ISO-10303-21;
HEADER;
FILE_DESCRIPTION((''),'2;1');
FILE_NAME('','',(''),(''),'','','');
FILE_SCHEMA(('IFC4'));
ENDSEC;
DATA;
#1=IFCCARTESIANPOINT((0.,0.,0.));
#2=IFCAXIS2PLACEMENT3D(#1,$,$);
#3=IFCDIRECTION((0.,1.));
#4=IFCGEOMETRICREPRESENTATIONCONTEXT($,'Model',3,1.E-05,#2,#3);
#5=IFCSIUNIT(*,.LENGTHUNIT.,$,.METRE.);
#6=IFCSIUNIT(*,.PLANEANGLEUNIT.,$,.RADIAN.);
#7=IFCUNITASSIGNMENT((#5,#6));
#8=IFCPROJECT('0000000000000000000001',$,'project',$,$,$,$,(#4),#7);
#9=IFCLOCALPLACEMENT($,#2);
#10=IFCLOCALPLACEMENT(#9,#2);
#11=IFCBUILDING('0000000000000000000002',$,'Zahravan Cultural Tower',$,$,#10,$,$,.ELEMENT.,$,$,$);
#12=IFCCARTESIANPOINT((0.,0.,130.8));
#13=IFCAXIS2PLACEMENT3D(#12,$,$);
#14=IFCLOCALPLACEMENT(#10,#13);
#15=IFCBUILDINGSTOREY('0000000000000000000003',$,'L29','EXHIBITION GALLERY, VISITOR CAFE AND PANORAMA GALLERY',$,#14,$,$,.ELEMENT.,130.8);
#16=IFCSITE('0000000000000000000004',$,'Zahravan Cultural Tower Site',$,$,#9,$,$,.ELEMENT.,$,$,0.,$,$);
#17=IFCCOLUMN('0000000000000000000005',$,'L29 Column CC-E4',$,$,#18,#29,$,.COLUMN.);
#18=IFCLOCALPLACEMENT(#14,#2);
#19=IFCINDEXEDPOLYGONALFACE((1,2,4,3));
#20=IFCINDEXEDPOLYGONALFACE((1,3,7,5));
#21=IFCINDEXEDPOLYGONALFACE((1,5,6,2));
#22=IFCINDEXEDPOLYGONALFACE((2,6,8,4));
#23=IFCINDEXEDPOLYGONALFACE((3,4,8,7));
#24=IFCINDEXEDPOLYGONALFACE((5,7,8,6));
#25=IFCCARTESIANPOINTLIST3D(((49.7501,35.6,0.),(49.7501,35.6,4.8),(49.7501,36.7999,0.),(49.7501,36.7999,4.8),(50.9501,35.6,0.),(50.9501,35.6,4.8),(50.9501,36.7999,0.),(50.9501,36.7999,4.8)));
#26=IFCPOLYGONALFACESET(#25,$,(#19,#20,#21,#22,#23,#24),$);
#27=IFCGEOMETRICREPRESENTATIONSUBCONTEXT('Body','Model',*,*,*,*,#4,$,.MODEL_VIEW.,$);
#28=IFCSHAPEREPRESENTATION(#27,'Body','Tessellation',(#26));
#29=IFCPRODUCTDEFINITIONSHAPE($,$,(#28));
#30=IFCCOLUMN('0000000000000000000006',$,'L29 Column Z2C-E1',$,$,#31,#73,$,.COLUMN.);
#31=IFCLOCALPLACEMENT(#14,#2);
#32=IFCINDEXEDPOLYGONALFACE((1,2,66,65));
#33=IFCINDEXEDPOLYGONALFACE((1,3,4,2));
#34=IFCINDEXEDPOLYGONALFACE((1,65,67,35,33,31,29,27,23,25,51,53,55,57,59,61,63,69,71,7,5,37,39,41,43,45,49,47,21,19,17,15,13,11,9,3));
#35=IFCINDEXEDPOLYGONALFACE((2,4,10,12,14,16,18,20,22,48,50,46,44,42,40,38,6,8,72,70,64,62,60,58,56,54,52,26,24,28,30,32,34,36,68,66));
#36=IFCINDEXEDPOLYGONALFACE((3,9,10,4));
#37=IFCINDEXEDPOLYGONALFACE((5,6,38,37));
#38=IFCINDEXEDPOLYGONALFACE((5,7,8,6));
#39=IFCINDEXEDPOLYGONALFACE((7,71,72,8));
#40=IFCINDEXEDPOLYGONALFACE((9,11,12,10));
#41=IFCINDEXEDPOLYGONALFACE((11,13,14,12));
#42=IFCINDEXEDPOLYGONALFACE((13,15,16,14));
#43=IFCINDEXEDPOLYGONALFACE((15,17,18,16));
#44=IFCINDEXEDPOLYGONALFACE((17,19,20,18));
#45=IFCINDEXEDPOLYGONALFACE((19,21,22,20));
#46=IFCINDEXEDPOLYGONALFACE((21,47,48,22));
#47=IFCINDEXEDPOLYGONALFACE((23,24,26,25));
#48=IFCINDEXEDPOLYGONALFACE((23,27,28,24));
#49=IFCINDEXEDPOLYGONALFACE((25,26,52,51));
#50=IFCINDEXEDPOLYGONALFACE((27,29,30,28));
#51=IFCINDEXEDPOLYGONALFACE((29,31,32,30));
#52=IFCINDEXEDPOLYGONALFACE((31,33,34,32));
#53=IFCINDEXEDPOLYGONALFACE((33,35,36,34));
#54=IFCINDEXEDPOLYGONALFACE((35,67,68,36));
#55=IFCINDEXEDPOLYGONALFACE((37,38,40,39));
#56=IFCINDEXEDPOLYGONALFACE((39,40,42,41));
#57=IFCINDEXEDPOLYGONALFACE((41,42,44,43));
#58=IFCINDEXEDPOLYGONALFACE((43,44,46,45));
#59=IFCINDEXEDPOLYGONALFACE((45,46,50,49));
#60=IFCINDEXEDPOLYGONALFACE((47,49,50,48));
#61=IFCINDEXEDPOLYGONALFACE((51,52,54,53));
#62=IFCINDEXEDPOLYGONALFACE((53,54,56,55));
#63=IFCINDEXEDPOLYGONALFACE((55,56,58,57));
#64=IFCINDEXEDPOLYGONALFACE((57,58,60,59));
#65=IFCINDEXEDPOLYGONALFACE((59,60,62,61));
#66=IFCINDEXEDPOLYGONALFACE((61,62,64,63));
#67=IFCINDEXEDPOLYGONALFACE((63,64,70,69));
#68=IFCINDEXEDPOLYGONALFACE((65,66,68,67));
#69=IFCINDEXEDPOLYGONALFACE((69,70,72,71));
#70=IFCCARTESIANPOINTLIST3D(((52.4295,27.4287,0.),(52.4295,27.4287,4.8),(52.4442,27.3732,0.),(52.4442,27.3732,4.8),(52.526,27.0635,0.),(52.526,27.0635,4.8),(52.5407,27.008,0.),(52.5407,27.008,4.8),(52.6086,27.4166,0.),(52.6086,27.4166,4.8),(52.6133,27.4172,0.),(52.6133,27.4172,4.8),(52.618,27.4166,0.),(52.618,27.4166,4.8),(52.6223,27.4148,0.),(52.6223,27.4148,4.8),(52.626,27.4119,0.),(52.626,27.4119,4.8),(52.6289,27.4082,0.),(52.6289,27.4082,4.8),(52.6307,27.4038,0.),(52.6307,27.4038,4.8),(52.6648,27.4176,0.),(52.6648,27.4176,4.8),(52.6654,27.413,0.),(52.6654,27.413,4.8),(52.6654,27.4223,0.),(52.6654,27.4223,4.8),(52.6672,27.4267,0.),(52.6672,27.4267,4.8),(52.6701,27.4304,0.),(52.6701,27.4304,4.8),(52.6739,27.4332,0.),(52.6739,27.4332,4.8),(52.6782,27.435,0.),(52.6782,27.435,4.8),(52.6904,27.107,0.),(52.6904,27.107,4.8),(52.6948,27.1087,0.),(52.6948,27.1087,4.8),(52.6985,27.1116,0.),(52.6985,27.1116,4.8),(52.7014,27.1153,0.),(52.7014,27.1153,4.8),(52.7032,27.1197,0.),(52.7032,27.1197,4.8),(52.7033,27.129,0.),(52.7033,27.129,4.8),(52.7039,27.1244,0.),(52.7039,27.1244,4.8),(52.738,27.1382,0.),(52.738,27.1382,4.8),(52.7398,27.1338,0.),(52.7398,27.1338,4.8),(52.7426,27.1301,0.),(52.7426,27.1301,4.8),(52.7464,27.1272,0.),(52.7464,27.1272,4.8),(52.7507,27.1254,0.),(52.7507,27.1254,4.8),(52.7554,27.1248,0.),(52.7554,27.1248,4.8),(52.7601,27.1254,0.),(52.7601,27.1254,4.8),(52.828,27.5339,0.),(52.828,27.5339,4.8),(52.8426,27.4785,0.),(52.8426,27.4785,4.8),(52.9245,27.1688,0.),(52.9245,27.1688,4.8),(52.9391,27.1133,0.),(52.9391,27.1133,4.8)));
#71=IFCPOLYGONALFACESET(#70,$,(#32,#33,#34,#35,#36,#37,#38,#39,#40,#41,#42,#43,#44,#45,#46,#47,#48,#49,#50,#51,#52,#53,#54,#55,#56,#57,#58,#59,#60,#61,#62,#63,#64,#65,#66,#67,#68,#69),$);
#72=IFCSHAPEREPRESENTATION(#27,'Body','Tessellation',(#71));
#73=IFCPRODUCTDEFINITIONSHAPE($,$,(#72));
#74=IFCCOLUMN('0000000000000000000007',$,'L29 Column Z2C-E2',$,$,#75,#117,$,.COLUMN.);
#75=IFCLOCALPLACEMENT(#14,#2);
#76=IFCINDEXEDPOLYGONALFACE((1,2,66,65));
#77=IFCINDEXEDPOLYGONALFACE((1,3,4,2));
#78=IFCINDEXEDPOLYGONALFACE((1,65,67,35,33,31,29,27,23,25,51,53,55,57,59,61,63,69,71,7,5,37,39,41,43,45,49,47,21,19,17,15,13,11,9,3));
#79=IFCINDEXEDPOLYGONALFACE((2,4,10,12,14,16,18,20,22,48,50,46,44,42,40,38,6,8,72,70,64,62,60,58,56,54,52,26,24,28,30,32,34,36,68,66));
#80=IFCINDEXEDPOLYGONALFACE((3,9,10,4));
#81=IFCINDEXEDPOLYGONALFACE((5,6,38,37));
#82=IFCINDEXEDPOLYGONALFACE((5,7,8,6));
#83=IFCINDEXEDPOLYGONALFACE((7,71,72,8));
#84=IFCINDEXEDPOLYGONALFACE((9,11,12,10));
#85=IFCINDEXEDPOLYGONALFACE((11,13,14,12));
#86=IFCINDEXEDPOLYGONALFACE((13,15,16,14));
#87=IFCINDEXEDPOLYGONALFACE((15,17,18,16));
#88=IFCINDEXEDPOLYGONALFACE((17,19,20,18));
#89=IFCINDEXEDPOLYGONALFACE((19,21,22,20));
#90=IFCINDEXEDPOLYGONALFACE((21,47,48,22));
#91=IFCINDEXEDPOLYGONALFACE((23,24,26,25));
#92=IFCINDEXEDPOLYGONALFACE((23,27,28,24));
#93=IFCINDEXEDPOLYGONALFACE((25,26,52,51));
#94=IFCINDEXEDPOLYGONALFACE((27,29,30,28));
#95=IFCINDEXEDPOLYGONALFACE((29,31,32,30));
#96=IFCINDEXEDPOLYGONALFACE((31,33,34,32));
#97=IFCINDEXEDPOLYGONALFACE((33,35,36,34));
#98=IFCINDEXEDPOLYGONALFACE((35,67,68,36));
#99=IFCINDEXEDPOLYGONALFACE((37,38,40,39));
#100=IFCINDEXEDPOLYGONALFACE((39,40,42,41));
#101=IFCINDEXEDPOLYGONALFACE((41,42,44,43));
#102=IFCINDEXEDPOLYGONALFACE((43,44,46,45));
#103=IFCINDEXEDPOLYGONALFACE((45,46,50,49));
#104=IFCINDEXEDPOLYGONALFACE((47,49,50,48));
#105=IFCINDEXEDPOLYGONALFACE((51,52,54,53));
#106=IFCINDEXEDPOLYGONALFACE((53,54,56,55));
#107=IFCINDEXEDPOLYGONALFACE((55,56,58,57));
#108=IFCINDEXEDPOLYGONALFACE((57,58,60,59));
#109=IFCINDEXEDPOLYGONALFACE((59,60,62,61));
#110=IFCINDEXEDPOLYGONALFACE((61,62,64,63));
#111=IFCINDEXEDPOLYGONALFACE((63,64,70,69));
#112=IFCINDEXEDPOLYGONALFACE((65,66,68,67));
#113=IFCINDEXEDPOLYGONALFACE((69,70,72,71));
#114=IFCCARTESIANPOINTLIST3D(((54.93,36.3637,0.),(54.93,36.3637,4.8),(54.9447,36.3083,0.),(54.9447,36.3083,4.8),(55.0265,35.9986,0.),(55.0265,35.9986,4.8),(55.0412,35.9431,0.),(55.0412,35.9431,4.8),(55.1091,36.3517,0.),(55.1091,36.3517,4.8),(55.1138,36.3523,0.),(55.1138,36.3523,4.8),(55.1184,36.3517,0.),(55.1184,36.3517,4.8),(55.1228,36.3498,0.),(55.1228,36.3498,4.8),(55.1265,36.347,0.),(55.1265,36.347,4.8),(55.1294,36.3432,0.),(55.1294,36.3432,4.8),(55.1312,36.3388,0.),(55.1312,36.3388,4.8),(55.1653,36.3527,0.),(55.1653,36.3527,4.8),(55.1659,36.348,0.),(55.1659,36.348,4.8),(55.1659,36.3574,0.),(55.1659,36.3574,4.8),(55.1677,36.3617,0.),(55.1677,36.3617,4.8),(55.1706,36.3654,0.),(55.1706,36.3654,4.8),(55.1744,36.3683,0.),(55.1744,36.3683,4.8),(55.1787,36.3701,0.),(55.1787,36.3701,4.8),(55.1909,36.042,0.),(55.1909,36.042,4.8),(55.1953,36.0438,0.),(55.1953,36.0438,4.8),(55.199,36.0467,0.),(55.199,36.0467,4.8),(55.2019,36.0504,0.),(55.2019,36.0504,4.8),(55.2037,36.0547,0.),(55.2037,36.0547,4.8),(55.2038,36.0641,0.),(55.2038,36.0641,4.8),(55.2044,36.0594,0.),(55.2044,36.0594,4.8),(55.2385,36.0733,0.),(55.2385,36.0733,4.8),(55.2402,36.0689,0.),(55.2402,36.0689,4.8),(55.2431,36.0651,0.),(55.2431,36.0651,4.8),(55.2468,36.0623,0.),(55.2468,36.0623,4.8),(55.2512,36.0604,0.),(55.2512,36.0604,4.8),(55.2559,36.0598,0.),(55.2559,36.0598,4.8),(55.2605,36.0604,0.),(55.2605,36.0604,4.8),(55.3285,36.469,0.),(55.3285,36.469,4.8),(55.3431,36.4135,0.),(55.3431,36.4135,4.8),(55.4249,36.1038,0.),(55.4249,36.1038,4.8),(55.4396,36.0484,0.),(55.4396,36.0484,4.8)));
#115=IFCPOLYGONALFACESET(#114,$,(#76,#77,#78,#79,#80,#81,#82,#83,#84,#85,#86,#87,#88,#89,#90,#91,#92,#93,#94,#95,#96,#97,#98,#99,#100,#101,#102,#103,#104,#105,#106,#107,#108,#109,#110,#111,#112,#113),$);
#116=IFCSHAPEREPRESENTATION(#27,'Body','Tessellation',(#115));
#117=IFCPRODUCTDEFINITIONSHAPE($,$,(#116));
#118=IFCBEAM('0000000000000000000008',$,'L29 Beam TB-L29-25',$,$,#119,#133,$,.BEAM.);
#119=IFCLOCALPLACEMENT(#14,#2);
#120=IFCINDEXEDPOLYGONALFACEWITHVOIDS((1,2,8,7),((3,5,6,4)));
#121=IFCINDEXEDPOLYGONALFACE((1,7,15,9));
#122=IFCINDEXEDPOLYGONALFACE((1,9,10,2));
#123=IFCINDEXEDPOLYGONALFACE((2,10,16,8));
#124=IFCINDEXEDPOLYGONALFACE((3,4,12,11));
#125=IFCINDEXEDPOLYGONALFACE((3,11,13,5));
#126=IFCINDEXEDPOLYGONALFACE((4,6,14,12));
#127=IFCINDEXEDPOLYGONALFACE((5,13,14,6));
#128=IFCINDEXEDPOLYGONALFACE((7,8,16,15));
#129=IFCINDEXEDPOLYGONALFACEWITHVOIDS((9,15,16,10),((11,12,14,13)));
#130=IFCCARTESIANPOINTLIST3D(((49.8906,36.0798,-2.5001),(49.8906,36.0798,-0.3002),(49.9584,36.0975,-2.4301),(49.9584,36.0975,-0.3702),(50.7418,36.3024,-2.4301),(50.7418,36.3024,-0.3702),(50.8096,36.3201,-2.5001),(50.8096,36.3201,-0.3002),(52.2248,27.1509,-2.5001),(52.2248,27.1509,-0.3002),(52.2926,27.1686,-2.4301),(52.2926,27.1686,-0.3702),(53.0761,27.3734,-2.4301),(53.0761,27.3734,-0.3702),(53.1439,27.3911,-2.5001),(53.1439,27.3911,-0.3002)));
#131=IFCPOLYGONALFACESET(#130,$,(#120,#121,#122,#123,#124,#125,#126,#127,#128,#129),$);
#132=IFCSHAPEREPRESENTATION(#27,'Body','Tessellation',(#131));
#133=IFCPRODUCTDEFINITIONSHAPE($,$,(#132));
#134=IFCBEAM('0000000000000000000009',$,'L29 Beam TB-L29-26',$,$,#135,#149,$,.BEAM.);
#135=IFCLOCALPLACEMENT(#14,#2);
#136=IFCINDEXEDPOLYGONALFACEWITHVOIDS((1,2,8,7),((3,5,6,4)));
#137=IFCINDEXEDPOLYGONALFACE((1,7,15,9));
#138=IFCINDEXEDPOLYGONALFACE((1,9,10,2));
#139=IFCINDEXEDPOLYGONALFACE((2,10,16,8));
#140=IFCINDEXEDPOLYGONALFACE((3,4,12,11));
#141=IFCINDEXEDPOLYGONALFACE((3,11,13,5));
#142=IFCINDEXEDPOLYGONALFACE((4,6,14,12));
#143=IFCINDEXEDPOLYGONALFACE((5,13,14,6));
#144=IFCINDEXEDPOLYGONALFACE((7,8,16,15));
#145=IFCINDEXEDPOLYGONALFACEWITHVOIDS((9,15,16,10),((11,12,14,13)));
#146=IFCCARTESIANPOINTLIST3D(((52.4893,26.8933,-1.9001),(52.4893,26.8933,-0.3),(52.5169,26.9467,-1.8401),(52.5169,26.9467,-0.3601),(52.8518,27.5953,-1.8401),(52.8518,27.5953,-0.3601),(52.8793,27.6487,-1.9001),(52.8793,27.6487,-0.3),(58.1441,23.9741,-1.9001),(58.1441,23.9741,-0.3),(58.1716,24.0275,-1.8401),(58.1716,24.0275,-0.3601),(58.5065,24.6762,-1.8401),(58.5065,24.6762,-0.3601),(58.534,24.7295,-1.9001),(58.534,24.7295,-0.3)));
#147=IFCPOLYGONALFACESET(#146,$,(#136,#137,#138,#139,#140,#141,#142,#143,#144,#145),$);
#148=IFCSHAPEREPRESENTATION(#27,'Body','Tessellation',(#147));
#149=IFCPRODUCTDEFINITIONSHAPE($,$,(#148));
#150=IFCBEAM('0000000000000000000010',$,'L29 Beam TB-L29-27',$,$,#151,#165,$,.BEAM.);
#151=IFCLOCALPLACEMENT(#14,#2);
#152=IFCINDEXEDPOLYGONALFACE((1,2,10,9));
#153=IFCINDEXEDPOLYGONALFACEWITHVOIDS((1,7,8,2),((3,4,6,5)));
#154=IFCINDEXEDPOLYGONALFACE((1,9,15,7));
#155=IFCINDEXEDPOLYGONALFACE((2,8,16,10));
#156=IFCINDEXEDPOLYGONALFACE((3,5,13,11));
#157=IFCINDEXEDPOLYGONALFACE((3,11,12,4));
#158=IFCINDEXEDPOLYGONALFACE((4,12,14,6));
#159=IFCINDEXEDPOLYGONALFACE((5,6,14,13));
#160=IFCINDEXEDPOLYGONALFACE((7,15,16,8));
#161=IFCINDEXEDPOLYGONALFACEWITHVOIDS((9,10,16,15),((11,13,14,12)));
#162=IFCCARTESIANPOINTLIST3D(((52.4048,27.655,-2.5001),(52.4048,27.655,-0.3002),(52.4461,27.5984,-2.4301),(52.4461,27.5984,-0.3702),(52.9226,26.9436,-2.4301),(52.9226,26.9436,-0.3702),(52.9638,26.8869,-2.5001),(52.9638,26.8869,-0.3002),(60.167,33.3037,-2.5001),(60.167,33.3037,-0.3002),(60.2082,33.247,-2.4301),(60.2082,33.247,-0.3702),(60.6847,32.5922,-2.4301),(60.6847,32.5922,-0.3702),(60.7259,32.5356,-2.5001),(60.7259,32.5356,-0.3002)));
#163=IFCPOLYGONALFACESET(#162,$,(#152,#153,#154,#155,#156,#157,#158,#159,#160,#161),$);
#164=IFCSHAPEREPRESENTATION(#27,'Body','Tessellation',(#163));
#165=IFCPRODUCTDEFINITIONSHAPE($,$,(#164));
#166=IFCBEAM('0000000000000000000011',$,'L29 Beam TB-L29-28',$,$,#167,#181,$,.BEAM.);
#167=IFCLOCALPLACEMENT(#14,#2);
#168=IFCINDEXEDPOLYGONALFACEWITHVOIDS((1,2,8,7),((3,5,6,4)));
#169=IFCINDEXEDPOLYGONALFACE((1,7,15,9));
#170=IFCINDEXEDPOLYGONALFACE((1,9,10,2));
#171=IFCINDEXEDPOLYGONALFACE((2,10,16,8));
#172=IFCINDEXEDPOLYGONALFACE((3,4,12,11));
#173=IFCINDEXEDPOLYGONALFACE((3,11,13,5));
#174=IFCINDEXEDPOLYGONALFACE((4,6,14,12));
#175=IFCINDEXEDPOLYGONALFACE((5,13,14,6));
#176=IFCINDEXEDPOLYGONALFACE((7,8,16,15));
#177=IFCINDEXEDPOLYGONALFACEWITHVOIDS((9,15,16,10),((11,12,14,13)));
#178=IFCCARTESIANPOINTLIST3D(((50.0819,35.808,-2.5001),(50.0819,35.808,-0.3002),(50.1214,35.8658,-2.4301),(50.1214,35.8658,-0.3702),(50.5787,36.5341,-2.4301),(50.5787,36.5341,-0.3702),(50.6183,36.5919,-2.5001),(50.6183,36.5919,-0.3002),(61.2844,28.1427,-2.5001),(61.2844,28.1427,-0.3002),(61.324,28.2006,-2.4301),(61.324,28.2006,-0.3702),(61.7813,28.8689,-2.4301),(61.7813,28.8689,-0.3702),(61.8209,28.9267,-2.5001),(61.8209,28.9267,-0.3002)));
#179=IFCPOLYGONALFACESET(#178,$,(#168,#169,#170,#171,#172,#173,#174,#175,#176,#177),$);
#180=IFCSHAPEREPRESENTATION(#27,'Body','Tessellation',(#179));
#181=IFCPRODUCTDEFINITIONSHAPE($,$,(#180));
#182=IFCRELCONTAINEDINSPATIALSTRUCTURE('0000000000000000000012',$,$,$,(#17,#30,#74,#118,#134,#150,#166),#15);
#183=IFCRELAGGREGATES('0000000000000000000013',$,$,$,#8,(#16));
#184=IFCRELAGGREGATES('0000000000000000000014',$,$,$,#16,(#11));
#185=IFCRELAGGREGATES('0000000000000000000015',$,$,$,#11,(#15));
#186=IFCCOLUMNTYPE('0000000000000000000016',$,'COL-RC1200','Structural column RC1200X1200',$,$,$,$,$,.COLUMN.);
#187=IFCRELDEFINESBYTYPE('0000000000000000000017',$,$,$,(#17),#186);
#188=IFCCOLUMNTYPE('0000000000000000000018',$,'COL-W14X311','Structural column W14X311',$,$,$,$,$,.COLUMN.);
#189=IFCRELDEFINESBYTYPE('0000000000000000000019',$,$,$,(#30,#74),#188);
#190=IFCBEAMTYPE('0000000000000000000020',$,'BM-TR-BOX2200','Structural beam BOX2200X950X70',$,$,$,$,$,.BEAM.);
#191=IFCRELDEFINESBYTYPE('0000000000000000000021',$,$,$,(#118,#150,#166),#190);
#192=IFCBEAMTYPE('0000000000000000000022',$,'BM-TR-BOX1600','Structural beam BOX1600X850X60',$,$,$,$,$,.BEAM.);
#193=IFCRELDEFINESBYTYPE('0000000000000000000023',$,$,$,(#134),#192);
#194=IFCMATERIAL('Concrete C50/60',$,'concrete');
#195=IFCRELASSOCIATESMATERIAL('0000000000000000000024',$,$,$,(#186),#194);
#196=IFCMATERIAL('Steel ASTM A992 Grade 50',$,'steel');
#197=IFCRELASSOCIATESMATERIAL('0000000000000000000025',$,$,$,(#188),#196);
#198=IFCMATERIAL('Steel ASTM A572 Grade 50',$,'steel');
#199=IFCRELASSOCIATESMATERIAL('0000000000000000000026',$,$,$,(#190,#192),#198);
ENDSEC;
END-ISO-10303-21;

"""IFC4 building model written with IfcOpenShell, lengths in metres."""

from ifc_helpers import new_model, si_unit, direction, frame, origin, origin_2d, place, context, subcontext, project, spatial, rectangle, hollow_rectangle, i_section, extrude, source, transform, mapped, material, material_profile, profile_set, type_object, element, save


model = new_model("IFC4")

# Units and contexts
model_context = context("Model", 3, precision=1e-05, world=origin(), true_north=direction((0.0, 1.0)))
body_context = subcontext(model_context, "Body", "Model", "MODEL_VIEW")
ifc_project = project(units=[si_unit("LENGTHUNIT", "METRE"), si_unit("PLANEANGLEUNIT", "RADIAN")], contexts=[model_context])

# Site, building, storey
site_placement = place(None, origin())
site = spatial("IfcSite", under=ifc_project, at=site_placement, Name="Zahravan Cultural Tower Site", CompositionType="ELEMENT", RefElevation=0.0)
building_placement = place(site_placement, origin())
building = spatial("IfcBuilding", under=site, at=building_placement, Name="Zahravan Cultural Tower", CompositionType="ELEMENT")
storey_placement = place(building_placement, frame((0.0, 0.0, 130.8)))
storey = spatial("IfcBuildingStorey", under=building, at=storey_placement, Name="L29", Description="EXHIBITION GALLERY, VISITOR CAFE AND PANORAMA GALLERY", CompositionType="ELEMENT", Elevation=130.8)

# Columns
ifc_material_1 = material(Name="Concrete C50/60", Category="concrete")
ifc_material_profile_1 = material_profile(ifc_material_1, rectangle(XDim=1.2, YDim=1.2, at=origin_2d()), Name="RC1200X1200")
ifc_profile_set_1 = profile_set([ifc_material_profile_1], Name="Concrete C50/60")
column_type_1 = type_object("IfcColumnType", Name="COL-RC1200", Description="Structural column RC1200X1200", PredefinedType="COLUMN", material=ifc_profile_set_1)
shared_shape_1 = source(origin(), body_context, "Body", "SweptSolid", [
    extrude(rectangle(XDim=1.2, YDim=1.2, at=origin_2d()), origin(), (0.0, 0.0, 1.0), 4.8),
])
column_placement = place(storey_placement, frame((50.3501, 36.2, 0.0), z_axis=(0.0, 0.0, 1.0), x_axis=(1.0, 0.0, 0.0)))
element("IfcColumn", 1, at=column_placement, inside=storey, type_object=column_type_1, Name="L29 Column CC-E4", PredefinedType="COLUMN", context=body_context, shape_type="MappedRepresentation", body=[
    mapped(shared_shape_1, transform((0.0, 0.0, 0.0), x_axis=(1.0, 0.0, 0.0), y_axis=(0.0, 1.0, 0.0), z_axis=(0.0, 0.0, 1.0), scale=1.0)),
])
ifc_material_2 = material(Name="Steel ASTM A992 Grade 50", Category="steel")
ifc_material_profile_2 = material_profile(ifc_material_2, i_section(OverallWidth=0.4121, OverallDepth=0.4351, WebThickness=0.0359, FlangeThickness=0.0574, FilletRadius=0.0181, at=origin_2d()), Name="W14X311")
ifc_profile_set_2 = profile_set([ifc_material_profile_2], Name="Steel ASTM A992 Grade 50")
column_type_2 = type_object("IfcColumnType", Name="COL-W14X311", Description="Structural column W14X311", PredefinedType="COLUMN", material=ifc_profile_set_2)
shared_shape_2 = source(origin(), body_context, "Body", "SweptSolid", [
    extrude(i_section(OverallWidth=0.4121, OverallDepth=0.4351, WebThickness=0.0359, FlangeThickness=0.0574, FilletRadius=0.0181, at=origin_2d()), origin(), (0.0, 0.0, 1.0), 4.8),
])
for number, where, z_axis, x_axis, name in (
    (2, (52.6843, 27.271, 0.0), (0.0, 0.0, 1.0), (0.966823, 0.255446, 0.0), "L29 Column Z2C-E1"),
    (3, (55.1848, 36.2061, 0.0), (0.0, 0.0, 1.0), (0.966823, 0.255446, 0.0), "L29 Column Z2C-E2"),
):
    element("IfcColumn", number, at=place(storey_placement, frame(where, z_axis=z_axis, x_axis=x_axis)), inside=storey, type_object=column_type_2, Name=name, PredefinedType="COLUMN", context=body_context, shape_type="MappedRepresentation", body=[
        mapped(shared_shape_2, transform((0.0, 0.0, 0.0), x_axis=(1.0, 0.0, 0.0), y_axis=(0.0, 1.0, 0.0), z_axis=(0.0, 0.0, 1.0), scale=1.0)),
    ])

# Beams
ifc_material_3 = material(Name="Steel ASTM A572 Grade 50", Category="steel")
ifc_material_profile_3 = material_profile(ifc_material_3, hollow_rectangle(XDim=0.95, YDim=2.2, WallThickness=0.0701, at=origin_2d()), Name="BOX2200X950X70")
ifc_profile_set_3 = profile_set([ifc_material_profile_3], Name="Steel ASTM A572 Grade 50")
beam_type_1 = type_object("IfcBeamType", Name="BM-TR-BOX2200", Description="Structural beam BOX2200X950X70", PredefinedType="BEAM", material=ifc_profile_set_3)
shared_shape_3 = source(origin(), body_context, "Body", "SweptSolid", [
    extrude(hollow_rectangle(XDim=0.95, YDim=2.2, WallThickness=0.0701, at=origin_2d()), origin(), (0.0, 0.0, 1.0), 9.229),
])
beam_1_placement = place(storey_placement, frame((50.3501, 36.2, -1.4001), z_axis=(0.252923, -0.967487, 0.0), x_axis=(0.967487, 0.252923, 0.0)))
element("IfcBeam", 4, at=beam_1_placement, inside=storey, type_object=beam_type_1, Name="L29 Beam TB-L29-25", PredefinedType="BEAM", context=body_context, shape_type="MappedRepresentation", body=[
    mapped(shared_shape_3, transform((0.0, 0.0, 0.0), x_axis=(1.0, 0.0, 0.0), y_axis=(0.0, 1.0, 0.0), z_axis=(0.0, 0.0, 1.0), scale=1.0)),
])
ifc_material_profile_4 = material_profile(ifc_material_3, hollow_rectangle(XDim=0.8501, YDim=1.6001, WallThickness=0.0601, at=origin_2d()), Name="BOX1600X850X60")
ifc_profile_set_4 = profile_set([ifc_material_profile_4], Name="Steel ASTM A572 Grade 50")
beam_type_2 = type_object("IfcBeamType", Name="BM-TR-BOX1600", Description="Structural beam BOX1600X850X60", PredefinedType="BEAM", material=ifc_profile_set_4)
shared_shape_4 = source(origin(), body_context, "Body", "SweptSolid", [
    extrude(hollow_rectangle(XDim=0.8501, YDim=1.6001, WallThickness=0.0601, at=origin_2d()), origin(), (0.0, 0.0, 1.0), 6.3638),
])
beam_2_placement = place(storey_placement, frame((52.6843, 27.271, -1.1001), z_axis=(0.888583, -0.458716, 0.0), x_axis=(0.458716, 0.888583, 0.0)))
element("IfcBeam", 5, at=beam_2_placement, inside=storey, type_object=beam_type_2, Name="L29 Beam TB-L29-26", PredefinedType="BEAM", context=body_context, shape_type="MappedRepresentation", body=[
    mapped(shared_shape_4, transform((0.0, 0.0, 0.0), x_axis=(1.0, 0.0, 0.0), y_axis=(0.0, 1.0, 0.0), z_axis=(0.0, 0.0, 1.0), scale=1.0)),
])
shared_shape_5 = source(origin(), body_context, "Body", "SweptSolid", [
    extrude(hollow_rectangle(XDim=0.95, YDim=2.2, WallThickness=0.0701, at=origin_2d()), origin(), (0.0, 0.0, 1.0), 9.5999),
])
beam_3_placement = place(storey_placement, frame((52.6843, 27.271, -1.4001), z_axis=(0.808566, 0.588406, 0.0), x_axis=(-0.588406, 0.808566, 0.0)))
element("IfcBeam", 6, at=beam_3_placement, inside=storey, type_object=beam_type_1, Name="L29 Beam TB-L29-27", PredefinedType="BEAM", context=body_context, shape_type="MappedRepresentation", body=[
    mapped(shared_shape_5, transform((0.0, 0.0, 0.0), x_axis=(1.0, 0.0, 0.0), y_axis=(0.0, 1.0, 0.0), z_axis=(0.0, 0.0, 1.0), scale=1.0)),
])
shared_shape_6 = source(origin(), body_context, "Body", "SweptSolid", [
    extrude(hollow_rectangle(XDim=0.95, YDim=2.2, WallThickness=0.0701, at=origin_2d()), origin(), (0.0, 0.0, 1.0), 13.574),
])
beam_4_placement = place(storey_placement, frame((50.3501, 36.2, -1.4001), z_axis=(0.825296, -0.5647, 0.0), x_axis=(0.5647, 0.825296, 0.0)))
element("IfcBeam", 7, at=beam_4_placement, inside=storey, type_object=beam_type_1, Name="L29 Beam TB-L29-28", PredefinedType="BEAM", context=body_context, shape_type="MappedRepresentation", body=[
    mapped(shared_shape_6, transform((0.0, 0.0, 0.0), x_axis=(1.0, 0.0, 0.0), y_axis=(0.0, 1.0, 0.0), z_axis=(0.0, 0.0, 1.0), scale=1.0)),
])

save(model, "model.ifc")
